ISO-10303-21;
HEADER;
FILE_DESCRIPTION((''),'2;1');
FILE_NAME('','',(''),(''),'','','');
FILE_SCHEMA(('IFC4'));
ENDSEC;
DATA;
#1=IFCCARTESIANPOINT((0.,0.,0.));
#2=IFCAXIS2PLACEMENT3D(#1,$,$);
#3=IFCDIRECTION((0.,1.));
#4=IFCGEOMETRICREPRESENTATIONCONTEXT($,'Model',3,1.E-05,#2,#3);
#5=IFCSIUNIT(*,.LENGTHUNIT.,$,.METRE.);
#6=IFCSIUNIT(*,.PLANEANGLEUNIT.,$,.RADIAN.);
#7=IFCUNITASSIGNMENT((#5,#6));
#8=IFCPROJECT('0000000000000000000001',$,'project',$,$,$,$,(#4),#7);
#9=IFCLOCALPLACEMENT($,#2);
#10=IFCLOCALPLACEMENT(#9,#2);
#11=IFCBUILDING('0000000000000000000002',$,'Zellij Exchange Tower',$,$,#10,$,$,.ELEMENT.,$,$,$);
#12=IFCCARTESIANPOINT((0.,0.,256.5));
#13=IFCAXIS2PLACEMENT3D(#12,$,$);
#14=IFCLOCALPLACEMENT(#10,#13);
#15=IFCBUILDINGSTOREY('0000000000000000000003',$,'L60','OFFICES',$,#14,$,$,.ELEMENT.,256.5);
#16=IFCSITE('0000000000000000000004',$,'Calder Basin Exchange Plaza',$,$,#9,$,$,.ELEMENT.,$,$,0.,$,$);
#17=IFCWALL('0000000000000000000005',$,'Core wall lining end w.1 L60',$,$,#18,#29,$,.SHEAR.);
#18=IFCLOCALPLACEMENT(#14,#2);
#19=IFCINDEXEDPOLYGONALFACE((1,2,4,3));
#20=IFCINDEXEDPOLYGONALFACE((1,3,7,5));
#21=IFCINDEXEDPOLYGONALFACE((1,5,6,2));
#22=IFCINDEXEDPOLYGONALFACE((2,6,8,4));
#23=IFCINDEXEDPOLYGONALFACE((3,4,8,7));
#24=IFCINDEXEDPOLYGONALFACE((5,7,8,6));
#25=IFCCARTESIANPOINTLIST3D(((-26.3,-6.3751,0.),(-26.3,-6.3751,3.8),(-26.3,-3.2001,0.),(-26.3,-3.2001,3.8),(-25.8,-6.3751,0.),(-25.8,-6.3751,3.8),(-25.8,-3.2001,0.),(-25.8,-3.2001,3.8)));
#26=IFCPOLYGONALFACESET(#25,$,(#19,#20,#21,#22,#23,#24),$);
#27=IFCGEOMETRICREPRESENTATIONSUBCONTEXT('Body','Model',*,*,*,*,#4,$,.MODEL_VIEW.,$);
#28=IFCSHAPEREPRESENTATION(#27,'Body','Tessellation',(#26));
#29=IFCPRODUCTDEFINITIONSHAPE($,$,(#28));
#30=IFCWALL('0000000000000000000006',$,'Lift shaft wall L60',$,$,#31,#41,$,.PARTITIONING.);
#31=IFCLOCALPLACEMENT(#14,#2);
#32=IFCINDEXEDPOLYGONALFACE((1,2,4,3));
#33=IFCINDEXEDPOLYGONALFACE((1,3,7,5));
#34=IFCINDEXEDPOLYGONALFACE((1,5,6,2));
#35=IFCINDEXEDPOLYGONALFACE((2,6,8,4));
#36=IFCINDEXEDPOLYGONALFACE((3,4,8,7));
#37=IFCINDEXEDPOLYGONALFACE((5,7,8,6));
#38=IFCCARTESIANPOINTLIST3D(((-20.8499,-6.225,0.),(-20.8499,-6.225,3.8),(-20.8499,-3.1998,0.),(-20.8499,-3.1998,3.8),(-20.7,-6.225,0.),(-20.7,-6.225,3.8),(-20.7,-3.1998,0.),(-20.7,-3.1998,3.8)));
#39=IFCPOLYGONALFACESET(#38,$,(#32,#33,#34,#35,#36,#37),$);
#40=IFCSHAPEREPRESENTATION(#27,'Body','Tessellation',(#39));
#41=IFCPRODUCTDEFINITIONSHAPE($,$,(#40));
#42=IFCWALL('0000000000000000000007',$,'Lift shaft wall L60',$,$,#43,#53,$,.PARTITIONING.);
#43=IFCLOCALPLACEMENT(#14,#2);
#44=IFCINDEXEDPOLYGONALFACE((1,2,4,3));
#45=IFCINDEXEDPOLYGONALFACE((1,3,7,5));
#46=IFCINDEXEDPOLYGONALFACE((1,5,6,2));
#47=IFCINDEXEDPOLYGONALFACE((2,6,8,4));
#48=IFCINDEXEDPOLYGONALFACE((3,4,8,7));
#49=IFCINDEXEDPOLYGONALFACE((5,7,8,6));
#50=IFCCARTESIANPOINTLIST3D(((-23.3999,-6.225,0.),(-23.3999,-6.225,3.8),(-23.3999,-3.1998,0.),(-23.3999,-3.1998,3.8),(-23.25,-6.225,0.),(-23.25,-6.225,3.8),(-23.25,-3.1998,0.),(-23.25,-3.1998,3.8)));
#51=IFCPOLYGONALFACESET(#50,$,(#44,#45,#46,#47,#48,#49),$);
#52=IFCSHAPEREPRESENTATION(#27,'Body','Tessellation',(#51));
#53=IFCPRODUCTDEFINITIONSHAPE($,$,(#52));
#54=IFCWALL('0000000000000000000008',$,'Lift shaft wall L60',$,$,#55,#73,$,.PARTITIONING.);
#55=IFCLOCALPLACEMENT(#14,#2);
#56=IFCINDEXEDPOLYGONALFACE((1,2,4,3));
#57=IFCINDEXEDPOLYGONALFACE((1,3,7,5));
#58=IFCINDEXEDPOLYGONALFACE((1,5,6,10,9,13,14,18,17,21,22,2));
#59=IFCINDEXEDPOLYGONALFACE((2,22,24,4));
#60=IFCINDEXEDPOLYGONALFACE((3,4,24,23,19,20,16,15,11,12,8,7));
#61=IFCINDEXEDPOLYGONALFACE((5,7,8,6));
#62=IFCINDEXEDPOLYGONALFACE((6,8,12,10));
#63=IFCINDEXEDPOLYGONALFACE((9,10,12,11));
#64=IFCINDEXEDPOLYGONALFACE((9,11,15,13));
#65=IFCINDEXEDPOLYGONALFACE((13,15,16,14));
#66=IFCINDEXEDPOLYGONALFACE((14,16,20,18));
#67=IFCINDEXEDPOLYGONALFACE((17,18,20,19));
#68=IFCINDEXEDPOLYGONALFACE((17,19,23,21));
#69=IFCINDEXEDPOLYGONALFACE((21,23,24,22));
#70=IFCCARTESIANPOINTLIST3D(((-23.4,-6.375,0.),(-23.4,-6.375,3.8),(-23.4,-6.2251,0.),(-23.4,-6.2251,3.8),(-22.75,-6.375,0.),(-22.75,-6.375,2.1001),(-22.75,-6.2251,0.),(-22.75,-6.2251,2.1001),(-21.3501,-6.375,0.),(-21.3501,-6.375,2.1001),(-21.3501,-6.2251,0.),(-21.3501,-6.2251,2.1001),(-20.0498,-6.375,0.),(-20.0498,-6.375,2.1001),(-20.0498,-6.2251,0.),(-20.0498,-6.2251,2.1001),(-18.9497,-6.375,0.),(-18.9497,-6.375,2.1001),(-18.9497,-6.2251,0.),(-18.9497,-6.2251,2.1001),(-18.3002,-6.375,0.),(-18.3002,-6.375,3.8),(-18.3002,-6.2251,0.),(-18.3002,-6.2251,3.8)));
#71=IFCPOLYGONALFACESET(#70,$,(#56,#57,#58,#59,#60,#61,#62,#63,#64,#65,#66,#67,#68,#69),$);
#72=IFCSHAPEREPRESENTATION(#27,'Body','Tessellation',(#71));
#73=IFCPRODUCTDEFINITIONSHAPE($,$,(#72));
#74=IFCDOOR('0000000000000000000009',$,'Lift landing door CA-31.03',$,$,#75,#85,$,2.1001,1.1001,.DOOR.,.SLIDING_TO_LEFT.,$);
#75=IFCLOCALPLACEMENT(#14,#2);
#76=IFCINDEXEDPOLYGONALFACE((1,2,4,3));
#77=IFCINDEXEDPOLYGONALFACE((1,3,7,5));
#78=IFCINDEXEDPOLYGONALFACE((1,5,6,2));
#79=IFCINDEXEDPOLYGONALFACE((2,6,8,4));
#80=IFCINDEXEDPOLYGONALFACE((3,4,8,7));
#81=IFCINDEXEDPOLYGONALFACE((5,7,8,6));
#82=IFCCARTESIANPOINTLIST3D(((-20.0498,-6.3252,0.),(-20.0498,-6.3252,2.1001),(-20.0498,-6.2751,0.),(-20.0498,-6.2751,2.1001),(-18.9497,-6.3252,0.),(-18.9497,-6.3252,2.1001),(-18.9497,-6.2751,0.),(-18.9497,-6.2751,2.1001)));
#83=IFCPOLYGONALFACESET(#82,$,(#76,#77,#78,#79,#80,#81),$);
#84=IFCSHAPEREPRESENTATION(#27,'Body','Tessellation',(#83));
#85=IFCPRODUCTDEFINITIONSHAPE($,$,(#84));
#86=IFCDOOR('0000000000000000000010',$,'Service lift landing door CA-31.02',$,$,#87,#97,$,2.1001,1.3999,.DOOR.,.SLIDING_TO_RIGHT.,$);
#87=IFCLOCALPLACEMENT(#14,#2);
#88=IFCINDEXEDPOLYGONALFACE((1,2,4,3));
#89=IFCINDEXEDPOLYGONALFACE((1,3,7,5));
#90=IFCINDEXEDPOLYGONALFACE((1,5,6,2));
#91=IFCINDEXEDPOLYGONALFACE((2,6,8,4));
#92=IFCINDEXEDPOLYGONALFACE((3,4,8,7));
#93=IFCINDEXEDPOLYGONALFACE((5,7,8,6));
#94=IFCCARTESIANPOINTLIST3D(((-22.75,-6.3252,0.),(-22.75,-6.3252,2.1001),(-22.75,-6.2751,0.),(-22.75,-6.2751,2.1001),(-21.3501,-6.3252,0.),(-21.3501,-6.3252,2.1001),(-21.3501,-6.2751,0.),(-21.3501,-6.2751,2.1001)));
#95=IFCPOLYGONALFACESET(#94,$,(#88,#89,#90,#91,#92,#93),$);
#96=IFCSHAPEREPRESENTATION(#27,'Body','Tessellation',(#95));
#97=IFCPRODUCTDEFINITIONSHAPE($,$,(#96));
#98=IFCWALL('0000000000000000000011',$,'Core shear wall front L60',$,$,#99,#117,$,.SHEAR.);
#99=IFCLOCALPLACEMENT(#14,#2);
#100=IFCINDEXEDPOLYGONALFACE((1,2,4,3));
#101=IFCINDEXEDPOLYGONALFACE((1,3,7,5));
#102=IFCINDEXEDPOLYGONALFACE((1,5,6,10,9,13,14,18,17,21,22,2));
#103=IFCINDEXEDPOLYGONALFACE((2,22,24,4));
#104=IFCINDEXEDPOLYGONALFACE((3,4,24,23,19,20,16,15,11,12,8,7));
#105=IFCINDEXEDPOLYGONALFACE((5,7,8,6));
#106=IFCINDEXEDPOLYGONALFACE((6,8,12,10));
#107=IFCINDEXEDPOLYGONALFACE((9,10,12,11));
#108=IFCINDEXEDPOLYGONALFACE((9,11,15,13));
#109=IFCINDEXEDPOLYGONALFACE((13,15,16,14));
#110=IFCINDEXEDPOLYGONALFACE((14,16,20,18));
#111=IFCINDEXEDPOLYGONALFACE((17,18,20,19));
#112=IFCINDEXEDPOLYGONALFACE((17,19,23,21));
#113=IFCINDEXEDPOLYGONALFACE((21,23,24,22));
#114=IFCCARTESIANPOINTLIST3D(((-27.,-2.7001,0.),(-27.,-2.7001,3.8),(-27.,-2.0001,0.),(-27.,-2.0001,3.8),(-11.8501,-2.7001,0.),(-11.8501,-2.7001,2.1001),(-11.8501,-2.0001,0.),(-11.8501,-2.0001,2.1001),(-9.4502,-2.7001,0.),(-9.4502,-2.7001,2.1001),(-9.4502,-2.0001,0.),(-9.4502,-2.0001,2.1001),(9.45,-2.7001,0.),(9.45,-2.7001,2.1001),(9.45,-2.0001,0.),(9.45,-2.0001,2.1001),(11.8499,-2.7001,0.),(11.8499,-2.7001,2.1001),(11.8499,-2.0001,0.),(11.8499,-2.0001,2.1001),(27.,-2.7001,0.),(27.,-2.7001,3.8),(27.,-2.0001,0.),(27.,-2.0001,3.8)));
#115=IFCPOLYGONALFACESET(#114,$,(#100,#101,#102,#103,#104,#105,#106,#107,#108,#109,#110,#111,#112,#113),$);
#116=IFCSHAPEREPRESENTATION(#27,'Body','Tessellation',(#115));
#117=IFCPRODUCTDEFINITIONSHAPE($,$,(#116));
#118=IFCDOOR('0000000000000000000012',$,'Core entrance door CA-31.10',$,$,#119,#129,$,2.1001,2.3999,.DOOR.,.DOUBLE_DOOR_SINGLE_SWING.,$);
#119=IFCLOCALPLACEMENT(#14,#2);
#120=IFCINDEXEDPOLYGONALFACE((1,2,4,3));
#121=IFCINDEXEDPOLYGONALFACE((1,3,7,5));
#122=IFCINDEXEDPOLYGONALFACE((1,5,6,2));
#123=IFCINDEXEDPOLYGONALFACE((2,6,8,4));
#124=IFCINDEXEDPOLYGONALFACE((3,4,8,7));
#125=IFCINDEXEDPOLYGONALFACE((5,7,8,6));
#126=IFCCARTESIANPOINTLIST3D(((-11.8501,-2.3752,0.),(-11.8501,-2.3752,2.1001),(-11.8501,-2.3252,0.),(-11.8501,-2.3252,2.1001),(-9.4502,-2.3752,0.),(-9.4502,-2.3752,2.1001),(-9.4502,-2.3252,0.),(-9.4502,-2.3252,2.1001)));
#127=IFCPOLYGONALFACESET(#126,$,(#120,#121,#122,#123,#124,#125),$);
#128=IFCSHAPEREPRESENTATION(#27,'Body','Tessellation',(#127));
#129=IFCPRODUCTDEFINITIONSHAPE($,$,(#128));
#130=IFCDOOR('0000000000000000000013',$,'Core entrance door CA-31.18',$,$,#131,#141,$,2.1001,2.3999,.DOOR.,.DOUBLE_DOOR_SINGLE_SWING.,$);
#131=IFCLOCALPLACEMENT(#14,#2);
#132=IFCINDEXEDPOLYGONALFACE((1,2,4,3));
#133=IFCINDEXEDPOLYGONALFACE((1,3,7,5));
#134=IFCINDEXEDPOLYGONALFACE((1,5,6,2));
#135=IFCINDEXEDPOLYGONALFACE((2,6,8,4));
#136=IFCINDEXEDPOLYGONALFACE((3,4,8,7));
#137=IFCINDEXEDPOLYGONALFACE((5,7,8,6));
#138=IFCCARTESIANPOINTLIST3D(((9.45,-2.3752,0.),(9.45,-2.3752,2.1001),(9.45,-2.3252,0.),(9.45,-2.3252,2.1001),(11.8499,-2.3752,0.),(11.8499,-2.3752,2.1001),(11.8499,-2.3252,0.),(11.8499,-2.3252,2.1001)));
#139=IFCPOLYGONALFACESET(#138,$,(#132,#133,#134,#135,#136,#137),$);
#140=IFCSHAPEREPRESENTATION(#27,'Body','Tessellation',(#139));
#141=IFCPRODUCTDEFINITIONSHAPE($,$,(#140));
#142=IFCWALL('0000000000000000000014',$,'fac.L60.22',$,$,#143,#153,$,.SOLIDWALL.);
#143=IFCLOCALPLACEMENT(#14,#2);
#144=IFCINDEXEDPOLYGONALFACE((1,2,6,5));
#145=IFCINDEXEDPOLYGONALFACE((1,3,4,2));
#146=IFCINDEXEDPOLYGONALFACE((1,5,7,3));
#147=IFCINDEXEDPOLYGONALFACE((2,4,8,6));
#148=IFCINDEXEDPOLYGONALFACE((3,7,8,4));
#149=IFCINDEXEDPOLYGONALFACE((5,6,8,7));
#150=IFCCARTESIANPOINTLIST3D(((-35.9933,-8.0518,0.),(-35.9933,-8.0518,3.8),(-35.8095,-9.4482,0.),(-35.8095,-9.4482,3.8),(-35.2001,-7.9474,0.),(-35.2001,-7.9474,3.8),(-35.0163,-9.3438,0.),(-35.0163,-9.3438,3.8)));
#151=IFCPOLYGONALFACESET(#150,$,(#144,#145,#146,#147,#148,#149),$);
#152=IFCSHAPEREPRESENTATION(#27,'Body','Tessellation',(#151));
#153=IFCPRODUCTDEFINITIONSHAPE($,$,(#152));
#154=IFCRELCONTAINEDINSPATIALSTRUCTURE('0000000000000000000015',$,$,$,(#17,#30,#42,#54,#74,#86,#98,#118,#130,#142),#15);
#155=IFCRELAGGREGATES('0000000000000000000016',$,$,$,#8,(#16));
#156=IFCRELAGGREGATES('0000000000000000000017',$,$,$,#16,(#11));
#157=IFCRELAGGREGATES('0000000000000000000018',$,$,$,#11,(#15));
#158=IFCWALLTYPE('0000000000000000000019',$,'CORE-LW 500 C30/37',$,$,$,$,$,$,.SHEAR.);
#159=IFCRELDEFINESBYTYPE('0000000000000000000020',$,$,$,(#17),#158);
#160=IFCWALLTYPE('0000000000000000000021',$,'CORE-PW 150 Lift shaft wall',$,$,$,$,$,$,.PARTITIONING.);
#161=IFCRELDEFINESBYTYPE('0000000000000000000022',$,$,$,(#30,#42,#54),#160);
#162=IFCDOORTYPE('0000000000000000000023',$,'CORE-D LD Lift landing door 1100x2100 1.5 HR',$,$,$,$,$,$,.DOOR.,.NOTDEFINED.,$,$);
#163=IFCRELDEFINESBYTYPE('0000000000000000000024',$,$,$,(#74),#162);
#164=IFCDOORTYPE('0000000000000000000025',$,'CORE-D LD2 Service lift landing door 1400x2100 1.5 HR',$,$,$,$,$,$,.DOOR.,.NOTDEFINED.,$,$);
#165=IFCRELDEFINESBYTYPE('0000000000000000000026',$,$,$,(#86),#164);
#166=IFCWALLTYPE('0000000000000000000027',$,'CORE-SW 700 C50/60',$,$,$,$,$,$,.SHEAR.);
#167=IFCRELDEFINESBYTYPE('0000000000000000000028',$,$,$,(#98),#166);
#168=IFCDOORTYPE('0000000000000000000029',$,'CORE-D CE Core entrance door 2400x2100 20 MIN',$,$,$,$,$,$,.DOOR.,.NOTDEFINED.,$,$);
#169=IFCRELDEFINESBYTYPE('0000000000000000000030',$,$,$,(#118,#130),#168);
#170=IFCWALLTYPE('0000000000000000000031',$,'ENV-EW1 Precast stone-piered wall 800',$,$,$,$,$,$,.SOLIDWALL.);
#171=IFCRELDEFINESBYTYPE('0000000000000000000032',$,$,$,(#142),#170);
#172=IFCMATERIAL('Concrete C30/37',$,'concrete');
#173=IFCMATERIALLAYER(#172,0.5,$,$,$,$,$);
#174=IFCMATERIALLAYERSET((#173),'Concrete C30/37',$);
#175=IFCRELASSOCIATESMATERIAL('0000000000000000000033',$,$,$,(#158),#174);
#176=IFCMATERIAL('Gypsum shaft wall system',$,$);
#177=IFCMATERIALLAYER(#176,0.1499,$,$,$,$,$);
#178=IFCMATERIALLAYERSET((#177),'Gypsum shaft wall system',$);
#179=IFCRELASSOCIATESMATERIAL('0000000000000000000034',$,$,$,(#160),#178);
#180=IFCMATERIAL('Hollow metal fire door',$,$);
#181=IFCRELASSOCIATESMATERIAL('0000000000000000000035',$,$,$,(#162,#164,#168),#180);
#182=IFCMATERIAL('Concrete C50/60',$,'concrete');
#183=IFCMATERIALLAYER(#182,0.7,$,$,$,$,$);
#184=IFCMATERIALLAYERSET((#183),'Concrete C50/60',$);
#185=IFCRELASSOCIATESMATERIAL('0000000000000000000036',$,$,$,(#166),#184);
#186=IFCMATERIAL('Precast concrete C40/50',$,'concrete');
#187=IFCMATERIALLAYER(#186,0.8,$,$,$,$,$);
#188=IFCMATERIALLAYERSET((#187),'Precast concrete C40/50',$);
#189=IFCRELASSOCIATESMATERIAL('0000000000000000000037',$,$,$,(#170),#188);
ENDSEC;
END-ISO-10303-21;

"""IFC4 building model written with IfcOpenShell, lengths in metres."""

from ifc_helpers import new_model, si_unit, direction, frame, frame_2d, origin, place, context, subcontext, project, spatial, rectangle, extrude, material, layer, layer_set, type_object, element, fill, save


model = new_model("IFC4")

# Units and contexts
model_context = context("Model", 3, precision=1e-05, world=origin(), true_north=direction((0.0, 1.0)))
body_context = subcontext(model_context, "Body", "Model", "MODEL_VIEW")
ifc_project = project(units=[si_unit("LENGTHUNIT", "METRE"), si_unit("PLANEANGLEUNIT", "RADIAN")], contexts=[model_context])

# Site, building, storey
site_placement = place(None, origin())
site = spatial("IfcSite", under=ifc_project, at=site_placement, Name="Calder Basin Exchange Plaza", CompositionType="ELEMENT", RefElevation=0.0)
building_placement = place(site_placement, origin())
building = spatial("IfcBuilding", under=site, at=building_placement, Name="Zellij Exchange Tower", CompositionType="ELEMENT")
storey_placement = place(building_placement, frame((0.0, 0.0, 256.5)))
storey = spatial("IfcBuildingStorey", under=building, at=storey_placement, Name="L60", Description="OFFICES", CompositionType="ELEMENT", Elevation=256.5)

# Shared definitions
ifc_material_1 = material(Name="Concrete C50/60", Category="concrete")

# Walls
ifc_material_2 = material(Name="Concrete C30/37", Category="concrete")
ifc_layer_1 = layer(ifc_material_2, 0.5)
ifc_layer_set_1 = layer_set([ifc_layer_1], Name="Concrete C30/37")
wall_type_1 = type_object("IfcWallType", Name="CORE-LW 500 C30/37", PredefinedType="SHEAR", material=ifc_layer_set_1)
wall_1_placement = place(storey_placement, frame((-26.05, -6.375, 0.0), z_axis=(0.0, 0.0, 1.0), x_axis=(0.0, 1.0, 0.0)))
element("IfcWall", 1, at=wall_1_placement, inside=storey, type_object=wall_type_1, Name="Core wall lining end w.1 L60", PredefinedType="SHEAR", context=body_context, shape_type="SweptSolid", body=[
    extrude(rectangle(XDim=3.175, YDim=0.5, at=frame_2d((1.5874, 0.0))), origin(), (0.0, 0.0, 1.0), 3.8),
])
ifc_material_3 = material(Name="Gypsum shaft wall system")
ifc_layer_2 = layer(ifc_material_3, 0.1499)
ifc_layer_set_2 = layer_set([ifc_layer_2], Name="Gypsum shaft wall system")
wall_type_2 = type_object("IfcWallType", Name="CORE-PW 150 Lift shaft wall", PredefinedType="PARTITIONING", material=ifc_layer_set_2)
for number, where, z_axis, x_axis, name in (
    (2, (-20.7749, -6.2251, 0.0), (0.0, 0.0, 1.0), (0.0, 1.0, 0.0), "Lift shaft wall L60"),
    (3, (-23.325, -6.2251, 0.0), (0.0, 0.0, 1.0), (0.0, 1.0, 0.0), "Lift shaft wall L60"),
):
    element("IfcWall", number, at=place(storey_placement, frame(where, z_axis=z_axis, x_axis=x_axis)), inside=storey, type_object=wall_type_2, Name=name, PredefinedType="PARTITIONING", context=body_context, shape_type="SweptSolid", body=[
        extrude(rectangle(XDim=3.0251, YDim=0.1499, at=frame_2d((1.5127, 0.0))), origin(), (0.0, 0.0, 1.0), 3.8),
    ])

# Walls, openings, doors
wall_2_placement = place(storey_placement, frame((-23.3999, -6.3, 0.0), z_axis=(0.0, 0.0, 1.0), x_axis=(1.0, 0.0, 0.0)))
wall_2 = element("IfcWall", 4, at=wall_2_placement, inside=storey, type_object=wall_type_2, Name="Lift shaft wall L60", PredefinedType="PARTITIONING", context=body_context, shape_type="SweptSolid", body=[
    extrude(rectangle(XDim=5.0999, YDim=0.1499, at=frame_2d((2.5498, 0.0))), origin(), (0.0, 0.0, 1.0), 3.8),
])
opening_1_placement = place(wall_2_placement, frame((0.6499, 0.0, 0.0)))
opening_1 = element("IfcOpeningElement", 5, at=opening_1_placement, cuts=wall_2, PredefinedType="OPENING", context=body_context, shape_type="SweptSolid", body=[
    extrude(rectangle(XDim=1.3999, YDim=2.1001, at=frame_2d((0.7, 1.05))), frame((0.0, 0.0869, 0.0), z_axis=(0.0, -1.0, 0.0), x_axis=(1.0, 0.0, 0.0)), (0.0, 0.0, 1.0), 0.1738),
])
opening_2_placement = place(wall_2_placement, frame((3.3501, 0.0, 0.0)))
opening_2 = element("IfcOpeningElement", 6, at=opening_2_placement, cuts=wall_2, PredefinedType="OPENING", context=body_context, shape_type="SweptSolid", body=[
    extrude(rectangle(XDim=1.1001, YDim=2.1001, at=frame_2d((0.55, 1.05))), frame((0.0, 0.0869, 0.0), z_axis=(0.0, -1.0, 0.0), x_axis=(1.0, 0.0, 0.0)), (0.0, 0.0, 1.0), 0.1738),
])
ifc_material_4 = material(Name="Hollow metal fire door")
door_type_1 = type_object("IfcDoorType", Name="CORE-D LD Lift landing door 1100x2100 1.5 HR", OperationType="NOTDEFINED", PredefinedType="DOOR", material=ifc_material_4)
door_1_placement = place(opening_2_placement, origin())
door_1 = element("IfcDoor", 7, at=door_1_placement, inside=storey, type_object=door_type_1, Name="Lift landing door CA-31.03", OperationType="SLIDING_TO_LEFT", OverallHeight=2.1001, OverallWidth=1.1001, PredefinedType="DOOR", context=body_context, shape_type="SweptSolid", body=[
    extrude(rectangle(XDim=1.1001, YDim=2.1001, at=frame_2d((0.55, 1.05))), frame((0.0, 0.0249, 0.0), z_axis=(0.0, -1.0, 0.0), x_axis=(1.0, 0.0, 0.0)), (0.0, 0.0, 1.0), 0.05),
])
fill(opening_2, door_1)
door_type_2 = type_object("IfcDoorType", Name="CORE-D LD2 Service lift landing door 1400x2100 1.5 HR", OperationType="NOTDEFINED", PredefinedType="DOOR", material=ifc_material_4)
door_2_placement = place(opening_1_placement, origin())
door_2 = element("IfcDoor", 8, at=door_2_placement, inside=storey, type_object=door_type_2, Name="Service lift landing door CA-31.02", OperationType="SLIDING_TO_RIGHT", OverallHeight=2.1001, OverallWidth=1.3999, PredefinedType="DOOR", context=body_context, shape_type="SweptSolid", body=[
    extrude(rectangle(XDim=1.3999, YDim=2.1001, at=frame_2d((0.7, 1.05))), frame((0.0, 0.0249, 0.0), z_axis=(0.0, -1.0, 0.0), x_axis=(1.0, 0.0, 0.0)), (0.0, 0.0, 1.0), 0.05),
])
fill(opening_1, door_2)
ifc_layer_3 = layer(ifc_material_1, 0.7)
ifc_layer_set_3 = layer_set([ifc_layer_3], Name="Concrete C50/60")
wall_type_3 = type_object("IfcWallType", Name="CORE-SW 700 C50/60", PredefinedType="SHEAR", material=ifc_layer_set_3)
wall_3_placement = place(storey_placement, frame((-27.0, -2.3501, 0.0), z_axis=(0.0, 0.0, 1.0), x_axis=(1.0, 0.0, 0.0)))
wall_3 = element("IfcWall", 9, at=wall_3_placement, inside=storey, type_object=wall_type_3, Name="Core shear wall front L60", PredefinedType="SHEAR", context=body_context, shape_type="SweptSolid", body=[
    extrude(rectangle(XDim=54.0, YDim=0.7, at=frame_2d((27.0, 0.0))), origin(), (0.0, 0.0, 1.0), 3.8),
])
opening_3_placement = place(wall_3_placement, frame((15.1499, 0.0, 0.0)))
opening_3 = element("IfcOpeningElement", 10, at=opening_3_placement, cuts=wall_3, PredefinedType="OPENING", context=body_context, shape_type="SweptSolid", body=[
    extrude(rectangle(XDim=2.3999, YDim=2.1001, at=frame_2d((1.2, 1.05))), frame((0.0, 0.3618, 0.0), z_axis=(0.0, -1.0, 0.0), x_axis=(1.0, 0.0, 0.0)), (0.0, 0.0, 1.0), 0.7239),
])
opening_4_placement = place(wall_3_placement, frame((36.45, 0.0, 0.0)))
opening_4 = element("IfcOpeningElement", 11, at=opening_4_placement, cuts=wall_3, PredefinedType="OPENING", context=body_context, shape_type="SweptSolid", body=[
    extrude(rectangle(XDim=2.3999, YDim=2.1001, at=frame_2d((1.2, 1.05))), frame((0.0, 0.3618, 0.0), z_axis=(0.0, -1.0, 0.0), x_axis=(1.0, 0.0, 0.0)), (0.0, 0.0, 1.0), 0.7239),
])
door_type_3 = type_object("IfcDoorType", Name="CORE-D CE Core entrance door 2400x2100 20 MIN", OperationType="NOTDEFINED", PredefinedType="DOOR", material=ifc_material_4)
door_3_placement = place(opening_3_placement, origin())
door_3 = element("IfcDoor", 12, at=door_3_placement, inside=storey, type_object=door_type_3, Name="Core entrance door CA-31.10", OperationType="DOUBLE_DOOR_SINGLE_SWING", OverallHeight=2.1001, OverallWidth=2.3999, PredefinedType="DOOR", context=body_context, shape_type="SweptSolid", body=[
    extrude(rectangle(XDim=2.3999, YDim=2.1001, at=frame_2d((1.2, 1.05))), frame((0.0, 0.0249, 0.0), z_axis=(0.0, -1.0, 0.0), x_axis=(1.0, 0.0, 0.0)), (0.0, 0.0, 1.0), 0.05),
])
fill(opening_3, door_3)
door_4_placement = place(opening_4_placement, origin())
door_4 = element("IfcDoor", 13, at=door_4_placement, inside=storey, type_object=door_type_3, Name="Core entrance door CA-31.18", OperationType="DOUBLE_DOOR_SINGLE_SWING", OverallHeight=2.1001, OverallWidth=2.3999, PredefinedType="DOOR", context=body_context, shape_type="SweptSolid", body=[
    extrude(rectangle(XDim=2.3999, YDim=2.1001, at=frame_2d((1.2, 1.05))), frame((0.0, 0.0249, 0.0), z_axis=(0.0, -1.0, 0.0), x_axis=(1.0, 0.0, 0.0)), (0.0, 0.0, 1.0), 0.05),
])
fill(opening_4, door_4)

# Wall
ifc_material_5 = material(Name="Precast concrete C40/50", Category="concrete")
ifc_layer_4 = layer(ifc_material_5, 0.8)
ifc_layer_set_4 = layer_set([ifc_layer_4], Name="Precast concrete C40/50")
wall_type_4 = type_object("IfcWallType", Name="ENV-EW1 Precast stone-piered wall 800", PredefinedType="SOLIDWALL", material=ifc_layer_set_4)
wall_4_placement = place(storey_placement, frame((-35.5967, -7.9998, 0.0), z_axis=(0.0, 0.0, 1.0), x_axis=(0.130517, -0.991446, 0.0)))
element("IfcWall", 14, at=wall_4_placement, inside=storey, type_object=wall_type_4, Name="fac.L60.22", PredefinedType="SOLIDWALL", context=body_context, shape_type="SweptSolid", body=[
    extrude(rectangle(XDim=1.4084, YDim=0.8, at=frame_2d((0.7041, 0.0))), origin(), (0.0, 0.0, 1.0), 3.8),
])

save(model, "model.ifc")
